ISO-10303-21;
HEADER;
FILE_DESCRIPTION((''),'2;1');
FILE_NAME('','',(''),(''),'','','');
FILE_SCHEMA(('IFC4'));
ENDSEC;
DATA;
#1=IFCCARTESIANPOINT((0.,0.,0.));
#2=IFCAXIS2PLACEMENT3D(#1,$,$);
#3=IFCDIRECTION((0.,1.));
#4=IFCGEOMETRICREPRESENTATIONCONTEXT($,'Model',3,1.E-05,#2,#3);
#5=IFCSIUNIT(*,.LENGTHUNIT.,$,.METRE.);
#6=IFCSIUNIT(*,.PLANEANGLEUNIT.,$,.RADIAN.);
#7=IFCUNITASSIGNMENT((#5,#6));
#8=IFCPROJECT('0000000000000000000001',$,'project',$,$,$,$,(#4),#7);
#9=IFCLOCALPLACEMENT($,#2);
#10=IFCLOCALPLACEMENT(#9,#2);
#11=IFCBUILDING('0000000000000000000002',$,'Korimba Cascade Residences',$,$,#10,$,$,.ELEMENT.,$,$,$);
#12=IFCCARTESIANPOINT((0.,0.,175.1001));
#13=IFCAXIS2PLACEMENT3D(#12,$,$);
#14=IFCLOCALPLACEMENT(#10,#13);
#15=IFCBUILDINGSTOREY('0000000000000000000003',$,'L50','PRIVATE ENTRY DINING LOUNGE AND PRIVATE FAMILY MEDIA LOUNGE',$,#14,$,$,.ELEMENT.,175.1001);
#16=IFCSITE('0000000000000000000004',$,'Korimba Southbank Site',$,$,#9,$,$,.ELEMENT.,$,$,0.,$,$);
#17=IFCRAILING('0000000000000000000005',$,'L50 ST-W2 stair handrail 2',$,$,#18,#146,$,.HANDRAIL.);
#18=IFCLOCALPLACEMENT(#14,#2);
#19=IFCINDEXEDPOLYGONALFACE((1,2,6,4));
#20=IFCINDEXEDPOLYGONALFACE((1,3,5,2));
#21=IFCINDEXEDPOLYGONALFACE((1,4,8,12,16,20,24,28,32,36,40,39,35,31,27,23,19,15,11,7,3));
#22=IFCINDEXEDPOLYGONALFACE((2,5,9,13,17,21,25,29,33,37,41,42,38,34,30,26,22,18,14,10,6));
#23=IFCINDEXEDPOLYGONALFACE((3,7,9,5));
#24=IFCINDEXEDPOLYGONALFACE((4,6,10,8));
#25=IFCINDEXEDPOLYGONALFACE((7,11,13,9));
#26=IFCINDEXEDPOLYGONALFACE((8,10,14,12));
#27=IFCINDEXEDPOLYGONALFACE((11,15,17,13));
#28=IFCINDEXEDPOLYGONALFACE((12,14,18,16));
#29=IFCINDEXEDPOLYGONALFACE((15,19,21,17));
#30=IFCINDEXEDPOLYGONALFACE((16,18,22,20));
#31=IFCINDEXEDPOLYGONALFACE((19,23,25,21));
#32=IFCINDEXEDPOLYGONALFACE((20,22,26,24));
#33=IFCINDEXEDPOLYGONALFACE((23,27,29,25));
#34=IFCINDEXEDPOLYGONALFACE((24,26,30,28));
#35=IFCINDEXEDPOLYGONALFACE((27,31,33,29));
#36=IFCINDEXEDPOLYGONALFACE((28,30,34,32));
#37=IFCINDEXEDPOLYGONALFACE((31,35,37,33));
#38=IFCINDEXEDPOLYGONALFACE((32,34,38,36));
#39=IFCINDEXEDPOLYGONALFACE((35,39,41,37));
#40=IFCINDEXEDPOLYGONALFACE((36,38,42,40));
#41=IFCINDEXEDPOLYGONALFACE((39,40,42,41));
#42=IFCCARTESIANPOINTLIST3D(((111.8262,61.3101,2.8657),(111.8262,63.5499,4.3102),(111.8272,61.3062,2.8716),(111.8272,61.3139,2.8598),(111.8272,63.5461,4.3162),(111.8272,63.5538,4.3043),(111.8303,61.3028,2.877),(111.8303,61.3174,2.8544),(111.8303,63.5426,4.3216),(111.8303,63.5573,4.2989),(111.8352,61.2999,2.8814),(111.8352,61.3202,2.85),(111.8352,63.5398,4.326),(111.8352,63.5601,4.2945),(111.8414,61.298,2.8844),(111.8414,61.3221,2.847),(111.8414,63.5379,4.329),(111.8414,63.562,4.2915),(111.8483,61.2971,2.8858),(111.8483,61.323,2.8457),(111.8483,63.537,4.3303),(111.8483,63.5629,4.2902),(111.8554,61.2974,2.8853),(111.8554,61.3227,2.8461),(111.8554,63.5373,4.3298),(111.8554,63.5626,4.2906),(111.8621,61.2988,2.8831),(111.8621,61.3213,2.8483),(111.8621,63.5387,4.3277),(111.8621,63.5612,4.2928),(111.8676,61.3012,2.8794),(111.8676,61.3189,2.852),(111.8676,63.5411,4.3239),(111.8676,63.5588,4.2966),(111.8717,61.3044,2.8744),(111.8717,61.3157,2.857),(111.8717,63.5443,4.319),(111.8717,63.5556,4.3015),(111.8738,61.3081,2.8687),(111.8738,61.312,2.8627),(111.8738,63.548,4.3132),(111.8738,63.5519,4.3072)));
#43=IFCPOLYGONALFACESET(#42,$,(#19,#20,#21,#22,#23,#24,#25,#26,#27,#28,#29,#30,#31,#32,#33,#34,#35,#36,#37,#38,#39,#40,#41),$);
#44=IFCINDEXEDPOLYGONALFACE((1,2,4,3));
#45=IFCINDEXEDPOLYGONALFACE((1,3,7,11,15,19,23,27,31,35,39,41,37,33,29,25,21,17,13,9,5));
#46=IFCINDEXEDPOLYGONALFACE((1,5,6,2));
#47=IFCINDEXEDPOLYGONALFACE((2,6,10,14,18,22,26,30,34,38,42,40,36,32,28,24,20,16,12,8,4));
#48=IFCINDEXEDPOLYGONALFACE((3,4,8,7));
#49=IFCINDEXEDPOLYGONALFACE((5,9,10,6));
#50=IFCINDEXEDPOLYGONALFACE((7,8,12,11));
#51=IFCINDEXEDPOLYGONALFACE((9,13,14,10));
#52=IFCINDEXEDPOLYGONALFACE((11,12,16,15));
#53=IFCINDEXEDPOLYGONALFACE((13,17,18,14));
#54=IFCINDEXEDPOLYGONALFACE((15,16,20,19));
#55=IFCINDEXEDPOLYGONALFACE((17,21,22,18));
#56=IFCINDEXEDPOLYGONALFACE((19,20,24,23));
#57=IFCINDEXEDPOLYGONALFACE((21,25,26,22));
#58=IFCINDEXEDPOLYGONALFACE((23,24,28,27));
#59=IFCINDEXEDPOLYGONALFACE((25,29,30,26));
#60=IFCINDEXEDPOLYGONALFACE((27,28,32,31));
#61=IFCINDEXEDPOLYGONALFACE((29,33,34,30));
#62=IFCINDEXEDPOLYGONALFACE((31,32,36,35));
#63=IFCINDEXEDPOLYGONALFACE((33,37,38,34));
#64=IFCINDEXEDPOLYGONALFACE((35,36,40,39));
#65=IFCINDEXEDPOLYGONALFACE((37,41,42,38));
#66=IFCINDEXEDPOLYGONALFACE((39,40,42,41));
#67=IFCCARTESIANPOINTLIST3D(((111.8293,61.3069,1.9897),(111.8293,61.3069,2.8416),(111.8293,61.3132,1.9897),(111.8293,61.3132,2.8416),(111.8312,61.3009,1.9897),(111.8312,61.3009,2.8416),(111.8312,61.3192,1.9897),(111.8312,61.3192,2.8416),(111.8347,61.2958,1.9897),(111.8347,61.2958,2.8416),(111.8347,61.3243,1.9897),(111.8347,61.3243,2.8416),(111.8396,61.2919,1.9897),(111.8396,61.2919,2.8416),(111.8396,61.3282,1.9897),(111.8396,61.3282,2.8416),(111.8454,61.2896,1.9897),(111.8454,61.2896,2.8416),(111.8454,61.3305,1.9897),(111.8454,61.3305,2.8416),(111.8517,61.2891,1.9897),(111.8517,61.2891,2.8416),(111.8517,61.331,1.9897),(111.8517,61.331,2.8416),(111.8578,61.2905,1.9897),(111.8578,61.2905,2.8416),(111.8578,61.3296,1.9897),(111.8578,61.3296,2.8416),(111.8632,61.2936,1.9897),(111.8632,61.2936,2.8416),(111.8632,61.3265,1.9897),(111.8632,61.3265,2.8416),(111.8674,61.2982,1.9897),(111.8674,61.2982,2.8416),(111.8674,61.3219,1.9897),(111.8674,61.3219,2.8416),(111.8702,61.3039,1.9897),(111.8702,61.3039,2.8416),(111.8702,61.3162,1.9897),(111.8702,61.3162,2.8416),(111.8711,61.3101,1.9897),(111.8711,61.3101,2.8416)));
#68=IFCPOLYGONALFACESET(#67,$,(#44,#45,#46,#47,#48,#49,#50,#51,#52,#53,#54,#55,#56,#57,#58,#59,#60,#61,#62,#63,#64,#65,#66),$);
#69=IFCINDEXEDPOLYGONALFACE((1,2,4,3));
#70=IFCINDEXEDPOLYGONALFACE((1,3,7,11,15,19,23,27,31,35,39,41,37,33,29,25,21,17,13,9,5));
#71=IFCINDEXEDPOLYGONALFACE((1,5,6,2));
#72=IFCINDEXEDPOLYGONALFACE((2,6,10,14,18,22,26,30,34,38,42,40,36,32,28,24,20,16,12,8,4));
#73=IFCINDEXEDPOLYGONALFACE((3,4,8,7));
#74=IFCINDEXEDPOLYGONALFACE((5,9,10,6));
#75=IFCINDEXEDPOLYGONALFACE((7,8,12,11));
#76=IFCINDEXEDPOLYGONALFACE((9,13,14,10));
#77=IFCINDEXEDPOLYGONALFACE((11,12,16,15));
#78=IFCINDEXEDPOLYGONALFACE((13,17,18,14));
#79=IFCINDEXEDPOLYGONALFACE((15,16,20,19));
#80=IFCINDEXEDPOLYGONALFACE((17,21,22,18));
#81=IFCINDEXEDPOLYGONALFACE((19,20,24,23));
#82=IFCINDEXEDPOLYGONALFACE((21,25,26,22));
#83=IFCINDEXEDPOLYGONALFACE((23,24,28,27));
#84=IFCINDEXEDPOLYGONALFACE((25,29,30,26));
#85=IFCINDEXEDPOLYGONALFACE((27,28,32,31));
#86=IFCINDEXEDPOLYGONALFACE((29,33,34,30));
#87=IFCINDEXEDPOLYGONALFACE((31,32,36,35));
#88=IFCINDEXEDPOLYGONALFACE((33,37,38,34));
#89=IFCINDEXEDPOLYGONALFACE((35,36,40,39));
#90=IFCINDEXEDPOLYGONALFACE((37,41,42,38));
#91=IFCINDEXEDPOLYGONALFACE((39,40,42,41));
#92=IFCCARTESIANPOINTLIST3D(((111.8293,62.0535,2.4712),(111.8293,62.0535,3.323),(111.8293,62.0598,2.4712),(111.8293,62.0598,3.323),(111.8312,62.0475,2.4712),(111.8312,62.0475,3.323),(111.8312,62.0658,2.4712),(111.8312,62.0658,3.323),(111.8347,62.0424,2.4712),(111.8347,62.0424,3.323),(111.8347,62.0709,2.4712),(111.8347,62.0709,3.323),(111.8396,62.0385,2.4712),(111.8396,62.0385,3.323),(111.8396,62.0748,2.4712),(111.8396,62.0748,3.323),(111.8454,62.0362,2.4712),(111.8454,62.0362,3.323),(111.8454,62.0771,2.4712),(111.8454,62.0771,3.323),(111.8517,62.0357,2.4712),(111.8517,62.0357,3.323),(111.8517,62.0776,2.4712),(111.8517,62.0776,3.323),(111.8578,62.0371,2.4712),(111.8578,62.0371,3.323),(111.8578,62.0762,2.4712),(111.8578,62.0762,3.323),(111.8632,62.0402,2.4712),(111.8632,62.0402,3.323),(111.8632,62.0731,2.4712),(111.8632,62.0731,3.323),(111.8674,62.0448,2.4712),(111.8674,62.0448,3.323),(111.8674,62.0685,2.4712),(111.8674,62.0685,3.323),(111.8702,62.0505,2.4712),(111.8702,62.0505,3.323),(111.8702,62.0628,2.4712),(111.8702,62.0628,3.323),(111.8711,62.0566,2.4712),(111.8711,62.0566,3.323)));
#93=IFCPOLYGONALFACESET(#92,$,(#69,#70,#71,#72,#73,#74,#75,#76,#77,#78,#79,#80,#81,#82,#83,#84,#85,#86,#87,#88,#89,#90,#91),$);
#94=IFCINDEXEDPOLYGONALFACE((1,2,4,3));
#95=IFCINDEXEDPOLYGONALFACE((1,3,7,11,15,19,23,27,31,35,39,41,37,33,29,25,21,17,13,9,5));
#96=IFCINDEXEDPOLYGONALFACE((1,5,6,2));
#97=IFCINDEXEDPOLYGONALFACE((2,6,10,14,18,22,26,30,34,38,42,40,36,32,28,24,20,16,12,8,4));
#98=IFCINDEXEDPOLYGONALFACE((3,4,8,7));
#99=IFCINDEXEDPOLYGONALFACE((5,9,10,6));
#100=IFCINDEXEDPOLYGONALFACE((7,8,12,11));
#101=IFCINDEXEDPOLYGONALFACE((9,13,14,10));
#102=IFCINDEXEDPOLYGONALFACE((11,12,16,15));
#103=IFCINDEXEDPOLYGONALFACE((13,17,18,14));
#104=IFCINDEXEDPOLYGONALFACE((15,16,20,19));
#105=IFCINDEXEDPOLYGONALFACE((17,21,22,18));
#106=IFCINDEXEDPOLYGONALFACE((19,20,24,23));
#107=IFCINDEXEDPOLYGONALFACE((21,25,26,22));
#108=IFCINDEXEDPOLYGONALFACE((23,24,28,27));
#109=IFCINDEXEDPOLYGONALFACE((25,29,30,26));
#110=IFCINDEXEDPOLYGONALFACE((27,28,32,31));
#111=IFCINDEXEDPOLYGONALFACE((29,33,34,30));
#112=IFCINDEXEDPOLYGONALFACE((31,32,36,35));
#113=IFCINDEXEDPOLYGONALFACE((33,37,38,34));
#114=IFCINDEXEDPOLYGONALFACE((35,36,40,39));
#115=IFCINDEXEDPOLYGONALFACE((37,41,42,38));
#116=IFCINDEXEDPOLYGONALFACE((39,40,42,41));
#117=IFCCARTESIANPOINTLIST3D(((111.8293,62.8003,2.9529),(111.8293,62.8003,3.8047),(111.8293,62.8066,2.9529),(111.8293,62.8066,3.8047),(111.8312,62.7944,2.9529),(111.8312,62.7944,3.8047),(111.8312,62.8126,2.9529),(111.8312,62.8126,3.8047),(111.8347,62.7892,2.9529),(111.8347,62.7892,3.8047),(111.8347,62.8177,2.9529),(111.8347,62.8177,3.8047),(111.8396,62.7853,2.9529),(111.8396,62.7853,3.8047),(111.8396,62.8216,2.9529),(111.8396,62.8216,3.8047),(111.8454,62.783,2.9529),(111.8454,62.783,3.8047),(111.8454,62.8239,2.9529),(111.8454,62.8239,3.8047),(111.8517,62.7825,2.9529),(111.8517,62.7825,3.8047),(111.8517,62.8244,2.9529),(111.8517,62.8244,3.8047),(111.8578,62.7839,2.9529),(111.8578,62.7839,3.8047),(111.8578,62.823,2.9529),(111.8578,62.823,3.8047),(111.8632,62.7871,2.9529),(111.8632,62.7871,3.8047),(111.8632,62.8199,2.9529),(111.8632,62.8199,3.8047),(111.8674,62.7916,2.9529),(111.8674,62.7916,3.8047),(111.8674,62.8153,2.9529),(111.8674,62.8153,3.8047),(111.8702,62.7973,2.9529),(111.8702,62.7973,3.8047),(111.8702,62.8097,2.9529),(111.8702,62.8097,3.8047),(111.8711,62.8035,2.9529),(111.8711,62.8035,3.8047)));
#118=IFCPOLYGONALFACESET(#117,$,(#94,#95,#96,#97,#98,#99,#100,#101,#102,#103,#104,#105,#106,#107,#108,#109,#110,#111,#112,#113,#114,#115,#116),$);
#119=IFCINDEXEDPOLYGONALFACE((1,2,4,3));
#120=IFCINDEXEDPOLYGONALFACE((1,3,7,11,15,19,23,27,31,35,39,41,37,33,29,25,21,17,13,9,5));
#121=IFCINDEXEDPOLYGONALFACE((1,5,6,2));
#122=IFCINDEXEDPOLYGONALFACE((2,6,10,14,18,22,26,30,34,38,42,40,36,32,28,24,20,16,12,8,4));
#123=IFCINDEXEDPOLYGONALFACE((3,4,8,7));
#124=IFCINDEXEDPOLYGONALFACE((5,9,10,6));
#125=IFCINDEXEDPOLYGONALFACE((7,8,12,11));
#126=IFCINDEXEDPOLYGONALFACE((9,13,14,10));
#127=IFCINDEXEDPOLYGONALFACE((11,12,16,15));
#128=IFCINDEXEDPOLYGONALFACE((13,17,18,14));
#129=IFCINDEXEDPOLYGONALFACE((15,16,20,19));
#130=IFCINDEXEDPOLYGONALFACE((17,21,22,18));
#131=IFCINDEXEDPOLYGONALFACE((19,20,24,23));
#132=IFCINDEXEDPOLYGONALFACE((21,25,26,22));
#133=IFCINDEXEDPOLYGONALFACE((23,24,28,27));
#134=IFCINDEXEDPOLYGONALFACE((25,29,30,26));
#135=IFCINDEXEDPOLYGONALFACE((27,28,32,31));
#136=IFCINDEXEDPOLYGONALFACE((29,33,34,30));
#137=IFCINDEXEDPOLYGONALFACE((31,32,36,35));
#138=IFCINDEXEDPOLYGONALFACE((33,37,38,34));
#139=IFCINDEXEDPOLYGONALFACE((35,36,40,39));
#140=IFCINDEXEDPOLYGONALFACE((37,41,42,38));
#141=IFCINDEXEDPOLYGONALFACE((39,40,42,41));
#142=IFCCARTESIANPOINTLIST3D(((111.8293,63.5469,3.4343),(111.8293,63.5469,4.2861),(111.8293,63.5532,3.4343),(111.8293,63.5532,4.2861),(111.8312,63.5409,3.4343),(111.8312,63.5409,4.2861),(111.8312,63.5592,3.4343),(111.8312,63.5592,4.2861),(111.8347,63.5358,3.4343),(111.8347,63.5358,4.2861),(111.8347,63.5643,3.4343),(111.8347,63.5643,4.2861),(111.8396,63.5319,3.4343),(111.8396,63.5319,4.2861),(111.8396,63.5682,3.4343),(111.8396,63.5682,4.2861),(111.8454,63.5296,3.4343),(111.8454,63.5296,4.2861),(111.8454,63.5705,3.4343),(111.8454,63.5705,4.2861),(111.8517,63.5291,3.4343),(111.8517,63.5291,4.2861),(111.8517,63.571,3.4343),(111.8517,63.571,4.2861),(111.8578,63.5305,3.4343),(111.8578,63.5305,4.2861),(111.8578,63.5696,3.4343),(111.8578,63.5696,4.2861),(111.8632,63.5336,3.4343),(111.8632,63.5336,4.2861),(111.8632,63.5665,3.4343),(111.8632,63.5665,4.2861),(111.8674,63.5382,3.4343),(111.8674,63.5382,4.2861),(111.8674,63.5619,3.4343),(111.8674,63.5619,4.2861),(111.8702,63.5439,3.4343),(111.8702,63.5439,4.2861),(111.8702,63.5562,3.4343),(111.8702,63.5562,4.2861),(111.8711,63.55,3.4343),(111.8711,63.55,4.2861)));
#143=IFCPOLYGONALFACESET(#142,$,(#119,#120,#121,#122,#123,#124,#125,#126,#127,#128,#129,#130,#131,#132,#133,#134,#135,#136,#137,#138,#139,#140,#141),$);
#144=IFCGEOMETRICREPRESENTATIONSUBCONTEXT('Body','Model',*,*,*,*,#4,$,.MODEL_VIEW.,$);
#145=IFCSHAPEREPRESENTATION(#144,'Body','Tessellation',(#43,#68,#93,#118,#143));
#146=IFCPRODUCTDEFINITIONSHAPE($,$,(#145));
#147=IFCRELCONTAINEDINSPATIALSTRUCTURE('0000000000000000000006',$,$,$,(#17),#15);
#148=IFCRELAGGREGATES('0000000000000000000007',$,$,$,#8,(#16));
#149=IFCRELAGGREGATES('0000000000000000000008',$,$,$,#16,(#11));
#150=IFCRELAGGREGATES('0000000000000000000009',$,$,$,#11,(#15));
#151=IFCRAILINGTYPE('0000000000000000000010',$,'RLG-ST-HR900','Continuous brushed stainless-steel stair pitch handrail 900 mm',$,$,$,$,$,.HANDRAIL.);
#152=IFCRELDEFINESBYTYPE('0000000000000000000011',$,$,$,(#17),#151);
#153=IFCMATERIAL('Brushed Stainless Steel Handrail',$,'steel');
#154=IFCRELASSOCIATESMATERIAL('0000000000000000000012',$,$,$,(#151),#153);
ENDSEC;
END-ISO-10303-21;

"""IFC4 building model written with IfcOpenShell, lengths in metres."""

from ifc_helpers import new_model, si_unit, direction, frame, origin, origin_2d, place, context, subcontext, project, spatial, circle, extrude, material, type_object, element, save


model = new_model("IFC4")

# Units and contexts
model_context = context("Model", 3, precision=1e-05, world=origin(), true_north=direction((0.0, 1.0)))
body_context = subcontext(model_context, "Body", "Model", "MODEL_VIEW")
ifc_project = project(units=[si_unit("LENGTHUNIT", "METRE"), si_unit("PLANEANGLEUNIT", "RADIAN")], contexts=[model_context])

# Site, building, storey
site_placement = place(None, origin())
site = spatial("IfcSite", under=ifc_project, at=site_placement, Name="Korimba Southbank Site", CompositionType="ELEMENT", RefElevation=0.0)
building_placement = place(site_placement, origin())
building = spatial("IfcBuilding", under=site, at=building_placement, Name="Korimba Cascade Residences", CompositionType="ELEMENT")
storey_placement = place(building_placement, frame((0.0, 0.0, 175.1001)))
storey = spatial("IfcBuildingStorey", under=building, at=storey_placement, Name="L50", Description="PRIVATE ENTRY DINING LOUNGE AND PRIVATE FAMILY MEDIA LOUNGE", CompositionType="ELEMENT", Elevation=175.1001)

# Railing
ifc_material_1 = material(Name="Brushed Stainless Steel Handrail", Category="steel")
railing_type_1 = type_object("IfcRailingType", Name="RLG-ST-HR900", Description="Continuous brushed stainless-steel stair pitch handrail 900 mm", PredefinedType="HANDRAIL", material=ifc_material_1)
railing_1_placement = place(storey_placement, frame((111.8501, 61.3101, 1.9897)))
element("IfcRailing", 1, at=railing_1_placement, inside=storey, type_object=railing_type_1, Name="L50 ST-W2 stair handrail 2", PredefinedType="HANDRAIL", context=body_context, shape_type="SweptSolid", body=[
    extrude(circle(Radius=0.0239, at=origin_2d()), frame((0.0, 0.0, 0.876), z_axis=(0.0, 0.840395, 0.541975), x_axis=(-1.0, 0.0, 0.0)), (0.0, 0.0, 1.0), 2.6653),
    extrude(circle(Radius=0.021, at=origin_2d()), origin(), (0.0, 0.0, 1.0), 0.8518),
    extrude(circle(Radius=0.021, at=origin_2d()), frame((0.0, 0.7466, 0.4814)), (0.0, 0.0, 1.0), 0.8518),
    extrude(circle(Radius=0.021, at=origin_2d()), frame((0.0, 1.4934, 0.9631)), (0.0, 0.0, 1.0), 0.8518),
    extrude(circle(Radius=0.021, at=origin_2d()), frame((0.0, 2.24, 1.4446)), (0.0, 0.0, 1.0), 0.8518),
])

save(model, "model.ifc")
